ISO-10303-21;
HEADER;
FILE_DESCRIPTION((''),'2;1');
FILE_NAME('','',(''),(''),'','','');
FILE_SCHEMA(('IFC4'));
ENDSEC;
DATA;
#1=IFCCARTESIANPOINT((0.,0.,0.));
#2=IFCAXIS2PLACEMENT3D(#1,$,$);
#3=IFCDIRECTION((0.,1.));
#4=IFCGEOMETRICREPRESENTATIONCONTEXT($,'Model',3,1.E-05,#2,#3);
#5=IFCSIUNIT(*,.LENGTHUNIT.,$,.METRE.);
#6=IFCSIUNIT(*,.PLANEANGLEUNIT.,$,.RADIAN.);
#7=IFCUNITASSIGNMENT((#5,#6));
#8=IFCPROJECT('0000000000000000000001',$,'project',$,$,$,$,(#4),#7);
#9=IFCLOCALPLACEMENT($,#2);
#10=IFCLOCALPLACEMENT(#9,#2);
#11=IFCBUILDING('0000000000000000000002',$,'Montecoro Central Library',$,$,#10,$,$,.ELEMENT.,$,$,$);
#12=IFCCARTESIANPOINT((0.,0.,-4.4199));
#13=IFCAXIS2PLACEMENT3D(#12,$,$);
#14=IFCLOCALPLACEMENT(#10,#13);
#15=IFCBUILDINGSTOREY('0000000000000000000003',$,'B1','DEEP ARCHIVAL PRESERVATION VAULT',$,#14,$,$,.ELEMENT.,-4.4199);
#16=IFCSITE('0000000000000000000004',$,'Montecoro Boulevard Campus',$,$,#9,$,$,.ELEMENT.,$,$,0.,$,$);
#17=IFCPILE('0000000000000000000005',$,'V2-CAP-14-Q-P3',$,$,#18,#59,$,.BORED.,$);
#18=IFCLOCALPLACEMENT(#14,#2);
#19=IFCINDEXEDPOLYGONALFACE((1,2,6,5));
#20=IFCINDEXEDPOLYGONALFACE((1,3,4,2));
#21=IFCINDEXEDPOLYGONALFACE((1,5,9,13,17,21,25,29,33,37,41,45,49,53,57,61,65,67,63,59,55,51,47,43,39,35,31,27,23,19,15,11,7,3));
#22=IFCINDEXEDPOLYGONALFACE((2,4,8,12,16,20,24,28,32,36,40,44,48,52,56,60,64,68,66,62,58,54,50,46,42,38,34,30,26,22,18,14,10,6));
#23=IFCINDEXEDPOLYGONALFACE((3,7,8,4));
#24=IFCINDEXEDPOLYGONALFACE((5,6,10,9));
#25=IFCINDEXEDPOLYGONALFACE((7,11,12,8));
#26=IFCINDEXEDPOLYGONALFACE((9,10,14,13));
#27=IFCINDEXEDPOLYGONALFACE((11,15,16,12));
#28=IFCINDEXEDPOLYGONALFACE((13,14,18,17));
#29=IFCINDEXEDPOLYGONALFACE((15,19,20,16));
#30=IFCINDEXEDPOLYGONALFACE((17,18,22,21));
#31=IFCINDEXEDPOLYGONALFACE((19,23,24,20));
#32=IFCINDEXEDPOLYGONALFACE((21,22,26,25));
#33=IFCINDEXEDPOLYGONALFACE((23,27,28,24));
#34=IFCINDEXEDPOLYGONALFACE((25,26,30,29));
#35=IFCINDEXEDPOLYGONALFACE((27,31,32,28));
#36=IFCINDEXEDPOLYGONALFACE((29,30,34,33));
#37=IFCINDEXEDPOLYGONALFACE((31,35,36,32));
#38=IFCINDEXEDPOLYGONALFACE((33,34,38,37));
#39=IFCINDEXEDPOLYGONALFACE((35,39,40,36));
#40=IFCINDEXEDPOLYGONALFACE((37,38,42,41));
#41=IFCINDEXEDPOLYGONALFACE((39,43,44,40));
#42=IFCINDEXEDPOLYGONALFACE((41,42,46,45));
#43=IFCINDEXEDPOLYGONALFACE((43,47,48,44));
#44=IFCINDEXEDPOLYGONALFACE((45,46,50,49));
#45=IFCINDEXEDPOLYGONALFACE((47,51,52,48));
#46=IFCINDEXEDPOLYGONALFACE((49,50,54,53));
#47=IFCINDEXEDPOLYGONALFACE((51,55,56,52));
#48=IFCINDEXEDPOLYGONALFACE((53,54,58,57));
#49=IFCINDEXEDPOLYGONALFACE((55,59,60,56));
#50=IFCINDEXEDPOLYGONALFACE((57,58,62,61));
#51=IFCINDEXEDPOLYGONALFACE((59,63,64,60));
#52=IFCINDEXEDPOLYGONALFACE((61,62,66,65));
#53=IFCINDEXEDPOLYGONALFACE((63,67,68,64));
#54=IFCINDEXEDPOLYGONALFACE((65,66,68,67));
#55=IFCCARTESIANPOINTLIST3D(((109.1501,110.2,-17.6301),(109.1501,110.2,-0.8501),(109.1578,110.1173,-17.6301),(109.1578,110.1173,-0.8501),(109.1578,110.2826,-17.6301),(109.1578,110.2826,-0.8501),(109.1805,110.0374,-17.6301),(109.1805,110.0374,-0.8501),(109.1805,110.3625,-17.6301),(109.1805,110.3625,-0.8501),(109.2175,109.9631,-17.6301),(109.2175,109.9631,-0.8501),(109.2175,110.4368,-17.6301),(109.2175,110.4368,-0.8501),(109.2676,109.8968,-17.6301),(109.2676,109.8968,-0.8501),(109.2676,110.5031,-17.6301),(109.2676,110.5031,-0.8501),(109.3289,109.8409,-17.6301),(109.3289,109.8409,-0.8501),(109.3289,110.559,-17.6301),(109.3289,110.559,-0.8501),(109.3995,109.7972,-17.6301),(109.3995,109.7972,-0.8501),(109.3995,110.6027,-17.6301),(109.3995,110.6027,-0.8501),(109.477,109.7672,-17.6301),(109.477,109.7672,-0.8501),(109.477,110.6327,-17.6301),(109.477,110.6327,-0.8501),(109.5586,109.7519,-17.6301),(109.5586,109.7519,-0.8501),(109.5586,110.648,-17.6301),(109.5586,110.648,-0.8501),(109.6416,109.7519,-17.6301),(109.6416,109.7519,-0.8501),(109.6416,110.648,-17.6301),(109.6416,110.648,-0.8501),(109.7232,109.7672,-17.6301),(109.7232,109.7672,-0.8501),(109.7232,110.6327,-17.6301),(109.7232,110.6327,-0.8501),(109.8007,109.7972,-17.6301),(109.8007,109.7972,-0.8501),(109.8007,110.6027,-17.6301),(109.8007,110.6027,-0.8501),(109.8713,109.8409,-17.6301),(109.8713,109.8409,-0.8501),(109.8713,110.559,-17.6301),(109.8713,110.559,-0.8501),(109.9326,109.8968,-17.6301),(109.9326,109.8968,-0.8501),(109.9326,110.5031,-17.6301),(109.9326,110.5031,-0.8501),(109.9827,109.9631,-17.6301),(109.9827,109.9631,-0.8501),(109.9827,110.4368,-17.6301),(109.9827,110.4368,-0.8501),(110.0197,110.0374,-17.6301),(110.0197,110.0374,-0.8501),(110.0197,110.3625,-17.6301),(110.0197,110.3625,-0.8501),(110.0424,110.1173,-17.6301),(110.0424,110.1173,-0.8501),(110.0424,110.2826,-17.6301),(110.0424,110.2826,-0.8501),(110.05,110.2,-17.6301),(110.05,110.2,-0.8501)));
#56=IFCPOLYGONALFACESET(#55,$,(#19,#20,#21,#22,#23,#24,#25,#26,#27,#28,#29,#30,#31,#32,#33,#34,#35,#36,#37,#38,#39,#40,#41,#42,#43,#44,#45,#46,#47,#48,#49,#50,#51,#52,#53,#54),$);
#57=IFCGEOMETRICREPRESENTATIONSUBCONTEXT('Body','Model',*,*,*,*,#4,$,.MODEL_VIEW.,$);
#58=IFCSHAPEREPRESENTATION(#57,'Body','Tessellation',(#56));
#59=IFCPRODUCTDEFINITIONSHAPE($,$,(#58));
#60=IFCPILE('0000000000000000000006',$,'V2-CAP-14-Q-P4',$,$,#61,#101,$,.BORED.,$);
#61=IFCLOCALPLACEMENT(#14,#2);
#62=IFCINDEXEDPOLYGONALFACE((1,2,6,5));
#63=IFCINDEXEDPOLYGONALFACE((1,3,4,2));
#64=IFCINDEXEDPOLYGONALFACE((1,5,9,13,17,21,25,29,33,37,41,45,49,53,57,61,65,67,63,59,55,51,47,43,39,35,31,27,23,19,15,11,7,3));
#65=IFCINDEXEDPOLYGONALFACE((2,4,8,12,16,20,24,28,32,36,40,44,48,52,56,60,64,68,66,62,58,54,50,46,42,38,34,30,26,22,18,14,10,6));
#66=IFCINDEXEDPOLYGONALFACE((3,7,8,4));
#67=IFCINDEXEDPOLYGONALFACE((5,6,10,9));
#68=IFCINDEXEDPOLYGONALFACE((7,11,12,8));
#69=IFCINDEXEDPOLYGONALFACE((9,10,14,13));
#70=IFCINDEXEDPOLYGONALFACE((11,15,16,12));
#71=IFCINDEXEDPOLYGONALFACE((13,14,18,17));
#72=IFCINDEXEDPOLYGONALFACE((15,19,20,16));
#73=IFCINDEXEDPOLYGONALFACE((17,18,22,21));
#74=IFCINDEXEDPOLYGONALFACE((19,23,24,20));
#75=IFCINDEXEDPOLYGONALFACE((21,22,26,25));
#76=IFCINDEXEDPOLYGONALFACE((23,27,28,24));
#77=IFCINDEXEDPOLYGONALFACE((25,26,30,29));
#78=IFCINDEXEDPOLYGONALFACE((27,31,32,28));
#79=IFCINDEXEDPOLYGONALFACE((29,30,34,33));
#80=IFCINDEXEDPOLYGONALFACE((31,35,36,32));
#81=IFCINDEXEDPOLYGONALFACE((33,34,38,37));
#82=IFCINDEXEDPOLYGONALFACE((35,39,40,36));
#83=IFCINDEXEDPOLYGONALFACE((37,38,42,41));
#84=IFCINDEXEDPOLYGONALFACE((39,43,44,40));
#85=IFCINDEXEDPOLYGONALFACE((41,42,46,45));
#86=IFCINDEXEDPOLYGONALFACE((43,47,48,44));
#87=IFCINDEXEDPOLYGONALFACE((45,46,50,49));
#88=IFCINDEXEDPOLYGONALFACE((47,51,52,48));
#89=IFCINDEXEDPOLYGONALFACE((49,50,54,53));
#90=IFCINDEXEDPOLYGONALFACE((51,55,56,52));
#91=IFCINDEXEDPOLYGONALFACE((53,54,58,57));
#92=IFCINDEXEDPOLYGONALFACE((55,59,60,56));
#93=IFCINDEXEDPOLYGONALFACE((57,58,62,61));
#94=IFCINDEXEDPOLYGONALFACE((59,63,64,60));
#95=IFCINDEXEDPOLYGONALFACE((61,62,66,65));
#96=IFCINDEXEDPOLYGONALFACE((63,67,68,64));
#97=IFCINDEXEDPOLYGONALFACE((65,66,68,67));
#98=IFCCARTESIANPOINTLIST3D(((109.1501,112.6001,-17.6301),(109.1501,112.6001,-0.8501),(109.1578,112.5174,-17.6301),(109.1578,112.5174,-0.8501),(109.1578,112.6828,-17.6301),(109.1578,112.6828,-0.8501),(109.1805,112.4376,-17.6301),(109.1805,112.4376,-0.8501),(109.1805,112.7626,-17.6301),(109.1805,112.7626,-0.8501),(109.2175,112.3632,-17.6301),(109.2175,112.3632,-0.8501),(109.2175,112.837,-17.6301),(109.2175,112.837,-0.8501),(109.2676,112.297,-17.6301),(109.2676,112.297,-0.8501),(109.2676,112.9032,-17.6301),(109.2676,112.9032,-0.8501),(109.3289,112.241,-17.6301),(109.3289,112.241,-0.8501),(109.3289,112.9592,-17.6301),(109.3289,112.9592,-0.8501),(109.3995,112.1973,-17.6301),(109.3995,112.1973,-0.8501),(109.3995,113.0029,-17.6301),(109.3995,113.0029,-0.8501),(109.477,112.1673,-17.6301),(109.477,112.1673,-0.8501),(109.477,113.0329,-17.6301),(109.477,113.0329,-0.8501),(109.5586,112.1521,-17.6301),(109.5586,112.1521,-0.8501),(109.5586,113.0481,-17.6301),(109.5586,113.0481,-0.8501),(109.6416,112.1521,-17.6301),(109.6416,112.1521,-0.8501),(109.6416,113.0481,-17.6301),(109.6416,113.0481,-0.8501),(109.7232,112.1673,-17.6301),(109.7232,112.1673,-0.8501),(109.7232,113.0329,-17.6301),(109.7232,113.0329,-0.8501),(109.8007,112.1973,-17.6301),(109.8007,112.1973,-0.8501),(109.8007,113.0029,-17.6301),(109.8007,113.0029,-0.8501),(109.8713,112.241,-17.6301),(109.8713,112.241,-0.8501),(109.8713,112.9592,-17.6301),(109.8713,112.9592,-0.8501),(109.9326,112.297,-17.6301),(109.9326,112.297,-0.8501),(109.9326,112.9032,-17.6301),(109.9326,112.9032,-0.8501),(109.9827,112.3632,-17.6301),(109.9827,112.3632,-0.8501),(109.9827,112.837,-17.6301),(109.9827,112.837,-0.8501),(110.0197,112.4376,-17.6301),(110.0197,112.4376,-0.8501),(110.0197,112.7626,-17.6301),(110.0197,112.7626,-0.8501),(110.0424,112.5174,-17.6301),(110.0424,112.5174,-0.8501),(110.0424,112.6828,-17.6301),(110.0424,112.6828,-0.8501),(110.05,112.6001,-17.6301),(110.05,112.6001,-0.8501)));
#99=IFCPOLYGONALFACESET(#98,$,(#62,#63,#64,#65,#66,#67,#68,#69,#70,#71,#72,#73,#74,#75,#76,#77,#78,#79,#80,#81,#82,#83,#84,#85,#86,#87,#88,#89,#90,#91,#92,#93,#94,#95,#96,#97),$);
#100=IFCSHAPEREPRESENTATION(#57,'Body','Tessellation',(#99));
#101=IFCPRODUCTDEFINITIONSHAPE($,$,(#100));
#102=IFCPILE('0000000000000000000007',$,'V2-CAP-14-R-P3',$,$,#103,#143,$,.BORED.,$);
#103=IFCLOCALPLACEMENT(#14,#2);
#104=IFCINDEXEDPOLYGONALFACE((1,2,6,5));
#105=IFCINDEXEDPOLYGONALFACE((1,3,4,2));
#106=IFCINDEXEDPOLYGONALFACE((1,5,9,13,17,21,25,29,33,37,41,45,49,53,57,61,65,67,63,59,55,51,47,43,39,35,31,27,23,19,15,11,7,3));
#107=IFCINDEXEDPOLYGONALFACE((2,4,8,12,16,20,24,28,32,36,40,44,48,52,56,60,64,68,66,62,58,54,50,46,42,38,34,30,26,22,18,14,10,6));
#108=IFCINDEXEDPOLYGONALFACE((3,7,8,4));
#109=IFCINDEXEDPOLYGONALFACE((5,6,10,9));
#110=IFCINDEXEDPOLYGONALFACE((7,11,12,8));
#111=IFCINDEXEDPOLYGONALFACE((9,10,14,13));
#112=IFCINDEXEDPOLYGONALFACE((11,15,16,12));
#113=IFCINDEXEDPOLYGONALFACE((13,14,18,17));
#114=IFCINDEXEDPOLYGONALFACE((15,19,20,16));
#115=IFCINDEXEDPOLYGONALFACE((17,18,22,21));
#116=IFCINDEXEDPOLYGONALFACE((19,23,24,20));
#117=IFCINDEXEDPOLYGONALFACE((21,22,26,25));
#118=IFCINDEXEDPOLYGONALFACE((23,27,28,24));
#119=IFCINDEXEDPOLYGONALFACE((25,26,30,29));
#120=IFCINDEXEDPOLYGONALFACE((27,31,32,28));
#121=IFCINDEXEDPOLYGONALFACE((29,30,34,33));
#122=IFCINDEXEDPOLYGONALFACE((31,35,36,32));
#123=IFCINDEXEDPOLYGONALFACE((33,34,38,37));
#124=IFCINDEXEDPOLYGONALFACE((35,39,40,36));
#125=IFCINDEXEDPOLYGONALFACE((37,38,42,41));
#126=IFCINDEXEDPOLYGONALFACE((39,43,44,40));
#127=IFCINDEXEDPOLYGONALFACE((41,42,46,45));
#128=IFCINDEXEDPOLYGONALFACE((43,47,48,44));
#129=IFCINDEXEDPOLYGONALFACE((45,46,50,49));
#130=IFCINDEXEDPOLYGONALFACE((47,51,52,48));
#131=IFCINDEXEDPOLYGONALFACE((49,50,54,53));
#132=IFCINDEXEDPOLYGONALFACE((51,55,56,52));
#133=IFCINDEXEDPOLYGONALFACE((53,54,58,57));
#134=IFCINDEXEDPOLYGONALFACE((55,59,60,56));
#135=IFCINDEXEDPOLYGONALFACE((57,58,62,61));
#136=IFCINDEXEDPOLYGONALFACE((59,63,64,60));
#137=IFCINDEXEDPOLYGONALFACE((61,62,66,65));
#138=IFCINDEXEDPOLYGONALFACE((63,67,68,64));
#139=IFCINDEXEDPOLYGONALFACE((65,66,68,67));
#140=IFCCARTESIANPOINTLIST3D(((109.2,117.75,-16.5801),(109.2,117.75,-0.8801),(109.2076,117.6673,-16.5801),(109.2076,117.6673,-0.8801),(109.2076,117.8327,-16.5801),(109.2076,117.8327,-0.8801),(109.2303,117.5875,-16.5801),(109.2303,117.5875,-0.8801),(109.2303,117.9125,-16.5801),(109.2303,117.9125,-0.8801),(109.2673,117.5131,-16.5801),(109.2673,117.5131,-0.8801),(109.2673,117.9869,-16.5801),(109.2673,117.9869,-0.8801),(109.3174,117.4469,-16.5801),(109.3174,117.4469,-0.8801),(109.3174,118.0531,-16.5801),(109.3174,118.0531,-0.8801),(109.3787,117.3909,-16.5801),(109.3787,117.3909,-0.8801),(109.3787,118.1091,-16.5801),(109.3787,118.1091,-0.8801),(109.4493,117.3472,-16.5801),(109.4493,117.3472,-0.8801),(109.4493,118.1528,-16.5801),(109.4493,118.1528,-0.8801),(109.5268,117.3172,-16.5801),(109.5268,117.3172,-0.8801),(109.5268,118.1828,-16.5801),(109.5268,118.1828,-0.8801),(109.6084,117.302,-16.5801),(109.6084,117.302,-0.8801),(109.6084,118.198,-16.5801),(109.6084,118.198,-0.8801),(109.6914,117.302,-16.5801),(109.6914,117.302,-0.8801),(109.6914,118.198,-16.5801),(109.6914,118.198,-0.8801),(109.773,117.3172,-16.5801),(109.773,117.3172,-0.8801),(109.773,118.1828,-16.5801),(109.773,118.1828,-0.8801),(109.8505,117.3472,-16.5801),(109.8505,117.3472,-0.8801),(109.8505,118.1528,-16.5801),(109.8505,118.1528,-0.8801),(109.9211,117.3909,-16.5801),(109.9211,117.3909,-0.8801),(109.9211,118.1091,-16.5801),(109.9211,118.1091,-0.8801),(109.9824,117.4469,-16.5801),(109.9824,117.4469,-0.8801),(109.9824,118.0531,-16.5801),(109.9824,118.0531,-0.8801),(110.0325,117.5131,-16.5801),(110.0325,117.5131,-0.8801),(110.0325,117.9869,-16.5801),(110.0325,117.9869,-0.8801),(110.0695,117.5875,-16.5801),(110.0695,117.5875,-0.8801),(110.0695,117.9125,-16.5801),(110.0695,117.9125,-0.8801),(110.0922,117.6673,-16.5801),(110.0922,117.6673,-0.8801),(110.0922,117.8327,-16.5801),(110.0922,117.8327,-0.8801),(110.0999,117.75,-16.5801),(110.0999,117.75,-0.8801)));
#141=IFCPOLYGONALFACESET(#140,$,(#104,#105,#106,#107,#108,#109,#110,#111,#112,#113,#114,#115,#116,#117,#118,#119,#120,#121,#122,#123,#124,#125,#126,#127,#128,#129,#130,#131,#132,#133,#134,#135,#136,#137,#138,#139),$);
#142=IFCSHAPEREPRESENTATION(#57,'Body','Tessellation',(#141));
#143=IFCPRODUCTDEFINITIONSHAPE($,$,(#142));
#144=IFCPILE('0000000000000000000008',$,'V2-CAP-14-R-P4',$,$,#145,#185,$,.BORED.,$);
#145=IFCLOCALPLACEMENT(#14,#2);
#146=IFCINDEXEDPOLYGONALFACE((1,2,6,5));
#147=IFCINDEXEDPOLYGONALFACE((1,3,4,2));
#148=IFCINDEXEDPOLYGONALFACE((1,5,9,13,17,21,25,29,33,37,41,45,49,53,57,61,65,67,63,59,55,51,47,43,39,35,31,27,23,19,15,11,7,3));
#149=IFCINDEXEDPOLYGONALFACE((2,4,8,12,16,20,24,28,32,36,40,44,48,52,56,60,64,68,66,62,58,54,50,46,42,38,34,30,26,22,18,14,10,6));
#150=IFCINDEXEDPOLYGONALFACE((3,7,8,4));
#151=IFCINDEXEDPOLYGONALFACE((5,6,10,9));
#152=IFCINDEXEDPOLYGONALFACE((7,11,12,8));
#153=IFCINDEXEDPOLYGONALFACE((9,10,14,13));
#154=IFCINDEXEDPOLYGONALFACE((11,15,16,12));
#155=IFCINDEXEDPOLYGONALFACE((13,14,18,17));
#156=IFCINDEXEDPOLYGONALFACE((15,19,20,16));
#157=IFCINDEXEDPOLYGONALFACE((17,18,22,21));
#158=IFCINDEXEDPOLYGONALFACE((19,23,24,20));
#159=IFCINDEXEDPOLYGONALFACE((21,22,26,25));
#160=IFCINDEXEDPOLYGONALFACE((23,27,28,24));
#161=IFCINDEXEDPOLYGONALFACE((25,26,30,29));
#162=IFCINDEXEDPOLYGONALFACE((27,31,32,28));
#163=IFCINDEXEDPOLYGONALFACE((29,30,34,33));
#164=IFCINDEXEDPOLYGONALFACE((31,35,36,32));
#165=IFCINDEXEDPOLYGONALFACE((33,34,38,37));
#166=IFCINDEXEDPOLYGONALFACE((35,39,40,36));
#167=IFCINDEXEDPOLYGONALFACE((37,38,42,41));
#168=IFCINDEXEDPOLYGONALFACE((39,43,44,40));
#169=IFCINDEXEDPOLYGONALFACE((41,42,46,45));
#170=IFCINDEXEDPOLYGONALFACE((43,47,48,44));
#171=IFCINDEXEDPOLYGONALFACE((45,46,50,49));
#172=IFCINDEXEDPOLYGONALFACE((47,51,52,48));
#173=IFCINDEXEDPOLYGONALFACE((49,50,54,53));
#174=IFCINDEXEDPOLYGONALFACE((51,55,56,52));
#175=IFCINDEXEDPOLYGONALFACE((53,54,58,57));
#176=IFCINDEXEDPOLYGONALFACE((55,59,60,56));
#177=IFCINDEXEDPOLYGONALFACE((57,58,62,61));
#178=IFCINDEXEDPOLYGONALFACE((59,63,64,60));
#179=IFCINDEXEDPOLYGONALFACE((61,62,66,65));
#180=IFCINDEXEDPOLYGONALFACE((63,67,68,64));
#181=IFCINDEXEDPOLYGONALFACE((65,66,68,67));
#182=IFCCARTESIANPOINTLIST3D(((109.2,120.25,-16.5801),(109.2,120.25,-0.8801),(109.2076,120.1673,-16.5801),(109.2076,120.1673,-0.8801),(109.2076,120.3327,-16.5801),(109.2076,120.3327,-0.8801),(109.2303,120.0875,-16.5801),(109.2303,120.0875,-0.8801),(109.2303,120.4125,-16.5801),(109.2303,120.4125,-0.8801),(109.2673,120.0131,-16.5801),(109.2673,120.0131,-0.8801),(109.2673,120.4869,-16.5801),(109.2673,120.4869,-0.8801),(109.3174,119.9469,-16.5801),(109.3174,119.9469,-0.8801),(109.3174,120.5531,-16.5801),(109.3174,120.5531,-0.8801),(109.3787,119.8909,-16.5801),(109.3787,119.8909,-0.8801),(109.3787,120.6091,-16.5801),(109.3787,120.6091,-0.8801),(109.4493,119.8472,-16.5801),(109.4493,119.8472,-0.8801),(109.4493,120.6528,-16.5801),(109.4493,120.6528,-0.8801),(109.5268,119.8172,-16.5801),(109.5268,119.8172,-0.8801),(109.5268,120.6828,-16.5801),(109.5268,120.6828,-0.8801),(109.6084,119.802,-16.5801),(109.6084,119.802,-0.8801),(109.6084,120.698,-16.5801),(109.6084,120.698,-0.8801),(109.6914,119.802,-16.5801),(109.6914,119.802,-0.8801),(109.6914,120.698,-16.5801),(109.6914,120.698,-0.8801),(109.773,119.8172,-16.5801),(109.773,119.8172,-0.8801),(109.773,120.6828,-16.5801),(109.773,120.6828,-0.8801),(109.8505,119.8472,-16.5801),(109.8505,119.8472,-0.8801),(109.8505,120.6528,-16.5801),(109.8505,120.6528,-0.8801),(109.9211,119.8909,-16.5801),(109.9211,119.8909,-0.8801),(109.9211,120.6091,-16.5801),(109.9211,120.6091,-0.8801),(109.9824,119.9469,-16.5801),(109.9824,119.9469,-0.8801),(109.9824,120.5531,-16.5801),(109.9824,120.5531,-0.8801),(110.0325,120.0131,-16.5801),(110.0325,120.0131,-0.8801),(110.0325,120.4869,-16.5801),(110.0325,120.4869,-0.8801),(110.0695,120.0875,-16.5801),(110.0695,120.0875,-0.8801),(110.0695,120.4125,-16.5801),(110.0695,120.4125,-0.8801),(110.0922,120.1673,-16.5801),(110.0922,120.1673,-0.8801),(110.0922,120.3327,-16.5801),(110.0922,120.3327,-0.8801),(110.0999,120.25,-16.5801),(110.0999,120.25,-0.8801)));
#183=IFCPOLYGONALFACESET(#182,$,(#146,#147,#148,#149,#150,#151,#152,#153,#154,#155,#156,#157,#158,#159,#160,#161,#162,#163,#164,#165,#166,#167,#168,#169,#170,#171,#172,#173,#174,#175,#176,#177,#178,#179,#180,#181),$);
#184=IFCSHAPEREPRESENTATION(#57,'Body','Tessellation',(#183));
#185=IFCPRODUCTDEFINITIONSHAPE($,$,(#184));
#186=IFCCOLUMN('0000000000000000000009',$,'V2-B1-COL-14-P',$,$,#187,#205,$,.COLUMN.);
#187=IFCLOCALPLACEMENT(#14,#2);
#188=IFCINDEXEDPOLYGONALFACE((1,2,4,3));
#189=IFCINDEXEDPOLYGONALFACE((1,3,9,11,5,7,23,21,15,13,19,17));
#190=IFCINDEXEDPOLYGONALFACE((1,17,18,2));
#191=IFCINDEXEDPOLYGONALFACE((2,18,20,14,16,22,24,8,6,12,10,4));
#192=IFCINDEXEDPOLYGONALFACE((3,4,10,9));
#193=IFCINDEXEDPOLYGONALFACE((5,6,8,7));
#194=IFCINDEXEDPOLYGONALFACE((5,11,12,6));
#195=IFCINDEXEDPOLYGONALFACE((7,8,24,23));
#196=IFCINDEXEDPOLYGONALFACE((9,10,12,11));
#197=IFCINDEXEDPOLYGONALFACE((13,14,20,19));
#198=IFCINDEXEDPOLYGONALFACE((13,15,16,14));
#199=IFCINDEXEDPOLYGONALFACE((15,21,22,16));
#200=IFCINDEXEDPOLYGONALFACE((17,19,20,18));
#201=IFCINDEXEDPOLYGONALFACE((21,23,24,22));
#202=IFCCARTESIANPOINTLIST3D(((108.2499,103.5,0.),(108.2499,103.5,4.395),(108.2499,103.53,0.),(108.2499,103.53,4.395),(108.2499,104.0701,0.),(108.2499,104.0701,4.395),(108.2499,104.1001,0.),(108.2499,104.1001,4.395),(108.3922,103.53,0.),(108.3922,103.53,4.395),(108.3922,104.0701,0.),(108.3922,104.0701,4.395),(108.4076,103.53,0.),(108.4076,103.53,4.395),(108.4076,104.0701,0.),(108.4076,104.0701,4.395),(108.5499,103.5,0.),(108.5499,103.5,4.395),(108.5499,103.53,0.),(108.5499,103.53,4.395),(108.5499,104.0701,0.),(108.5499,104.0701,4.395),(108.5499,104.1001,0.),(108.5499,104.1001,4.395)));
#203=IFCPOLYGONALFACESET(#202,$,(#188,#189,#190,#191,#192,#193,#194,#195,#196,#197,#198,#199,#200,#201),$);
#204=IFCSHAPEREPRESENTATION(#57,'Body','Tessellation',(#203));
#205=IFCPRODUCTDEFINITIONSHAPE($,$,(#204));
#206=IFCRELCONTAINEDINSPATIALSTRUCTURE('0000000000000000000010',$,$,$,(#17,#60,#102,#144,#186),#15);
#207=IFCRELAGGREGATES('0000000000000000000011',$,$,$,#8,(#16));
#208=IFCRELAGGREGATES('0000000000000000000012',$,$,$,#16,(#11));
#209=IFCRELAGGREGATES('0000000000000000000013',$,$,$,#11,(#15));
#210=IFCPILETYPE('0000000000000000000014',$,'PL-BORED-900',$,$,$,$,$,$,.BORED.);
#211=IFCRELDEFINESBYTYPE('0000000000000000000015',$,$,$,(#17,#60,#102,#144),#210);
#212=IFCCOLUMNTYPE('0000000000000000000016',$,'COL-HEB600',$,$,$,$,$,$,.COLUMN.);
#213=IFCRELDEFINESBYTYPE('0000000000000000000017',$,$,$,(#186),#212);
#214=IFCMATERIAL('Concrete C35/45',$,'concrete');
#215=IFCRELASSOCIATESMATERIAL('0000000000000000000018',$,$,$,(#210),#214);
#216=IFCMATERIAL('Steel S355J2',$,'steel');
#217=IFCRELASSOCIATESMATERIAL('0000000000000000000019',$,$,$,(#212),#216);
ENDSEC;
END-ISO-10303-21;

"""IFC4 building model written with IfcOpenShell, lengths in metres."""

from ifc_helpers import new_model, si_unit, direction, frame, origin, origin_2d, place, context, subcontext, project, spatial, circle, i_section, extrude, material, material_profile, profile_set, type_object, element, save


model = new_model("IFC4")

# Units and contexts
model_context = context("Model", 3, precision=1e-05, world=origin(), true_north=direction((0.0, 1.0)))
body_context = subcontext(model_context, "Body", "Model", "MODEL_VIEW")
ifc_project = project(units=[si_unit("LENGTHUNIT", "METRE"), si_unit("PLANEANGLEUNIT", "RADIAN")], contexts=[model_context])

# Site, building, storey
site_placement = place(None, origin())
site = spatial("IfcSite", under=ifc_project, at=site_placement, Name="Montecoro Boulevard Campus", CompositionType="ELEMENT", RefElevation=0.0)
building_placement = place(site_placement, origin())
building = spatial("IfcBuilding", under=site, at=building_placement, Name="Montecoro Central Library", CompositionType="ELEMENT")
storey_placement = place(building_placement, frame((0.0, 0.0, -4.4199)))
storey = spatial("IfcBuildingStorey", under=building, at=storey_placement, Name="B1", Description="DEEP ARCHIVAL PRESERVATION VAULT", CompositionType="ELEMENT", Elevation=-4.4199)

# Shared definitions
ifc_material_1 = material(Name="Concrete C35/45", Category="concrete")

# Piles
ifc_material_profile_1 = material_profile(ifc_material_1, circle(Radius=0.45, at=origin_2d()), Name="PILE D900")
ifc_profile_set_1 = profile_set([ifc_material_profile_1], Name="Concrete C35/45")
pile_type = type_object("IfcPileType", Name="PL-BORED-900", PredefinedType="BORED", material=ifc_profile_set_1)
for number, where, z_axis, x_axis, name in (
    (1, (109.6001, 110.2, -0.8501), (0.0, 0.0, -1.0), (1.0, 0.0, 0.0), "V2-CAP-14-Q-P3"),
    (2, (109.6001, 112.6001, -0.8501), (0.0, 0.0, -1.0), (1.0, 0.0, 0.0), "V2-CAP-14-Q-P4"),
):
    element("IfcPile", number, at=place(storey_placement, frame(where, z_axis=z_axis, x_axis=x_axis)), inside=storey, type_object=pile_type, Name=name, PredefinedType="BORED", context=body_context, shape_type="SweptSolid", body=[
        extrude(circle(Radius=0.45, at=origin_2d()), origin(), (0.0, 0.0, 1.0), 16.78),
    ])
for number, where, z_axis, x_axis, name in (
    (3, (109.6499, 117.75, -0.8801), (0.0, 0.0, -1.0), (1.0, 0.0, 0.0), "V2-CAP-14-R-P3"),
    (4, (109.6499, 120.25, -0.8801), (0.0, 0.0, -1.0), (1.0, 0.0, 0.0), "V2-CAP-14-R-P4"),
):
    element("IfcPile", number, at=place(storey_placement, frame(where, z_axis=z_axis, x_axis=x_axis)), inside=storey, type_object=pile_type, Name=name, PredefinedType="BORED", context=body_context, shape_type="SweptSolid", body=[
        extrude(circle(Radius=0.45, at=origin_2d()), origin(), (0.0, 0.0, 1.0), 15.7),
    ])

# Column
ifc_material_2 = material(Name="Steel S355J2", Category="steel")
ifc_material_profile_2 = material_profile(ifc_material_2, i_section(OverallWidth=0.3, OverallDepth=0.6001, WebThickness=0.0154, FlangeThickness=0.03, at=origin_2d()), Name="HEB 600")
ifc_profile_set_2 = profile_set([ifc_material_profile_2], Name="Steel S355J2")
column_type_1 = type_object("IfcColumnType", Name="COL-HEB600", PredefinedType="COLUMN", material=ifc_profile_set_2)
for number, where, z_axis, x_axis, name in (
    (5, (108.3999, 103.8, 0.0), (0.0, 0.0, 1.0), (1.0, 0.0, 0.0), "V2-B1-COL-14-P"),
):
    element("IfcColumn", number, at=place(storey_placement, frame(where, z_axis=z_axis, x_axis=x_axis)), inside=storey, type_object=column_type_1, Name=name, PredefinedType="COLUMN", context=body_context, shape_type="SweptSolid", body=[
        extrude(i_section(OverallWidth=0.3, OverallDepth=0.6001, WebThickness=0.0154, FlangeThickness=0.03, at=origin_2d()), origin(), (0.0, 0.0, 1.0), 4.395),
    ])

save(model, "model.ifc")
